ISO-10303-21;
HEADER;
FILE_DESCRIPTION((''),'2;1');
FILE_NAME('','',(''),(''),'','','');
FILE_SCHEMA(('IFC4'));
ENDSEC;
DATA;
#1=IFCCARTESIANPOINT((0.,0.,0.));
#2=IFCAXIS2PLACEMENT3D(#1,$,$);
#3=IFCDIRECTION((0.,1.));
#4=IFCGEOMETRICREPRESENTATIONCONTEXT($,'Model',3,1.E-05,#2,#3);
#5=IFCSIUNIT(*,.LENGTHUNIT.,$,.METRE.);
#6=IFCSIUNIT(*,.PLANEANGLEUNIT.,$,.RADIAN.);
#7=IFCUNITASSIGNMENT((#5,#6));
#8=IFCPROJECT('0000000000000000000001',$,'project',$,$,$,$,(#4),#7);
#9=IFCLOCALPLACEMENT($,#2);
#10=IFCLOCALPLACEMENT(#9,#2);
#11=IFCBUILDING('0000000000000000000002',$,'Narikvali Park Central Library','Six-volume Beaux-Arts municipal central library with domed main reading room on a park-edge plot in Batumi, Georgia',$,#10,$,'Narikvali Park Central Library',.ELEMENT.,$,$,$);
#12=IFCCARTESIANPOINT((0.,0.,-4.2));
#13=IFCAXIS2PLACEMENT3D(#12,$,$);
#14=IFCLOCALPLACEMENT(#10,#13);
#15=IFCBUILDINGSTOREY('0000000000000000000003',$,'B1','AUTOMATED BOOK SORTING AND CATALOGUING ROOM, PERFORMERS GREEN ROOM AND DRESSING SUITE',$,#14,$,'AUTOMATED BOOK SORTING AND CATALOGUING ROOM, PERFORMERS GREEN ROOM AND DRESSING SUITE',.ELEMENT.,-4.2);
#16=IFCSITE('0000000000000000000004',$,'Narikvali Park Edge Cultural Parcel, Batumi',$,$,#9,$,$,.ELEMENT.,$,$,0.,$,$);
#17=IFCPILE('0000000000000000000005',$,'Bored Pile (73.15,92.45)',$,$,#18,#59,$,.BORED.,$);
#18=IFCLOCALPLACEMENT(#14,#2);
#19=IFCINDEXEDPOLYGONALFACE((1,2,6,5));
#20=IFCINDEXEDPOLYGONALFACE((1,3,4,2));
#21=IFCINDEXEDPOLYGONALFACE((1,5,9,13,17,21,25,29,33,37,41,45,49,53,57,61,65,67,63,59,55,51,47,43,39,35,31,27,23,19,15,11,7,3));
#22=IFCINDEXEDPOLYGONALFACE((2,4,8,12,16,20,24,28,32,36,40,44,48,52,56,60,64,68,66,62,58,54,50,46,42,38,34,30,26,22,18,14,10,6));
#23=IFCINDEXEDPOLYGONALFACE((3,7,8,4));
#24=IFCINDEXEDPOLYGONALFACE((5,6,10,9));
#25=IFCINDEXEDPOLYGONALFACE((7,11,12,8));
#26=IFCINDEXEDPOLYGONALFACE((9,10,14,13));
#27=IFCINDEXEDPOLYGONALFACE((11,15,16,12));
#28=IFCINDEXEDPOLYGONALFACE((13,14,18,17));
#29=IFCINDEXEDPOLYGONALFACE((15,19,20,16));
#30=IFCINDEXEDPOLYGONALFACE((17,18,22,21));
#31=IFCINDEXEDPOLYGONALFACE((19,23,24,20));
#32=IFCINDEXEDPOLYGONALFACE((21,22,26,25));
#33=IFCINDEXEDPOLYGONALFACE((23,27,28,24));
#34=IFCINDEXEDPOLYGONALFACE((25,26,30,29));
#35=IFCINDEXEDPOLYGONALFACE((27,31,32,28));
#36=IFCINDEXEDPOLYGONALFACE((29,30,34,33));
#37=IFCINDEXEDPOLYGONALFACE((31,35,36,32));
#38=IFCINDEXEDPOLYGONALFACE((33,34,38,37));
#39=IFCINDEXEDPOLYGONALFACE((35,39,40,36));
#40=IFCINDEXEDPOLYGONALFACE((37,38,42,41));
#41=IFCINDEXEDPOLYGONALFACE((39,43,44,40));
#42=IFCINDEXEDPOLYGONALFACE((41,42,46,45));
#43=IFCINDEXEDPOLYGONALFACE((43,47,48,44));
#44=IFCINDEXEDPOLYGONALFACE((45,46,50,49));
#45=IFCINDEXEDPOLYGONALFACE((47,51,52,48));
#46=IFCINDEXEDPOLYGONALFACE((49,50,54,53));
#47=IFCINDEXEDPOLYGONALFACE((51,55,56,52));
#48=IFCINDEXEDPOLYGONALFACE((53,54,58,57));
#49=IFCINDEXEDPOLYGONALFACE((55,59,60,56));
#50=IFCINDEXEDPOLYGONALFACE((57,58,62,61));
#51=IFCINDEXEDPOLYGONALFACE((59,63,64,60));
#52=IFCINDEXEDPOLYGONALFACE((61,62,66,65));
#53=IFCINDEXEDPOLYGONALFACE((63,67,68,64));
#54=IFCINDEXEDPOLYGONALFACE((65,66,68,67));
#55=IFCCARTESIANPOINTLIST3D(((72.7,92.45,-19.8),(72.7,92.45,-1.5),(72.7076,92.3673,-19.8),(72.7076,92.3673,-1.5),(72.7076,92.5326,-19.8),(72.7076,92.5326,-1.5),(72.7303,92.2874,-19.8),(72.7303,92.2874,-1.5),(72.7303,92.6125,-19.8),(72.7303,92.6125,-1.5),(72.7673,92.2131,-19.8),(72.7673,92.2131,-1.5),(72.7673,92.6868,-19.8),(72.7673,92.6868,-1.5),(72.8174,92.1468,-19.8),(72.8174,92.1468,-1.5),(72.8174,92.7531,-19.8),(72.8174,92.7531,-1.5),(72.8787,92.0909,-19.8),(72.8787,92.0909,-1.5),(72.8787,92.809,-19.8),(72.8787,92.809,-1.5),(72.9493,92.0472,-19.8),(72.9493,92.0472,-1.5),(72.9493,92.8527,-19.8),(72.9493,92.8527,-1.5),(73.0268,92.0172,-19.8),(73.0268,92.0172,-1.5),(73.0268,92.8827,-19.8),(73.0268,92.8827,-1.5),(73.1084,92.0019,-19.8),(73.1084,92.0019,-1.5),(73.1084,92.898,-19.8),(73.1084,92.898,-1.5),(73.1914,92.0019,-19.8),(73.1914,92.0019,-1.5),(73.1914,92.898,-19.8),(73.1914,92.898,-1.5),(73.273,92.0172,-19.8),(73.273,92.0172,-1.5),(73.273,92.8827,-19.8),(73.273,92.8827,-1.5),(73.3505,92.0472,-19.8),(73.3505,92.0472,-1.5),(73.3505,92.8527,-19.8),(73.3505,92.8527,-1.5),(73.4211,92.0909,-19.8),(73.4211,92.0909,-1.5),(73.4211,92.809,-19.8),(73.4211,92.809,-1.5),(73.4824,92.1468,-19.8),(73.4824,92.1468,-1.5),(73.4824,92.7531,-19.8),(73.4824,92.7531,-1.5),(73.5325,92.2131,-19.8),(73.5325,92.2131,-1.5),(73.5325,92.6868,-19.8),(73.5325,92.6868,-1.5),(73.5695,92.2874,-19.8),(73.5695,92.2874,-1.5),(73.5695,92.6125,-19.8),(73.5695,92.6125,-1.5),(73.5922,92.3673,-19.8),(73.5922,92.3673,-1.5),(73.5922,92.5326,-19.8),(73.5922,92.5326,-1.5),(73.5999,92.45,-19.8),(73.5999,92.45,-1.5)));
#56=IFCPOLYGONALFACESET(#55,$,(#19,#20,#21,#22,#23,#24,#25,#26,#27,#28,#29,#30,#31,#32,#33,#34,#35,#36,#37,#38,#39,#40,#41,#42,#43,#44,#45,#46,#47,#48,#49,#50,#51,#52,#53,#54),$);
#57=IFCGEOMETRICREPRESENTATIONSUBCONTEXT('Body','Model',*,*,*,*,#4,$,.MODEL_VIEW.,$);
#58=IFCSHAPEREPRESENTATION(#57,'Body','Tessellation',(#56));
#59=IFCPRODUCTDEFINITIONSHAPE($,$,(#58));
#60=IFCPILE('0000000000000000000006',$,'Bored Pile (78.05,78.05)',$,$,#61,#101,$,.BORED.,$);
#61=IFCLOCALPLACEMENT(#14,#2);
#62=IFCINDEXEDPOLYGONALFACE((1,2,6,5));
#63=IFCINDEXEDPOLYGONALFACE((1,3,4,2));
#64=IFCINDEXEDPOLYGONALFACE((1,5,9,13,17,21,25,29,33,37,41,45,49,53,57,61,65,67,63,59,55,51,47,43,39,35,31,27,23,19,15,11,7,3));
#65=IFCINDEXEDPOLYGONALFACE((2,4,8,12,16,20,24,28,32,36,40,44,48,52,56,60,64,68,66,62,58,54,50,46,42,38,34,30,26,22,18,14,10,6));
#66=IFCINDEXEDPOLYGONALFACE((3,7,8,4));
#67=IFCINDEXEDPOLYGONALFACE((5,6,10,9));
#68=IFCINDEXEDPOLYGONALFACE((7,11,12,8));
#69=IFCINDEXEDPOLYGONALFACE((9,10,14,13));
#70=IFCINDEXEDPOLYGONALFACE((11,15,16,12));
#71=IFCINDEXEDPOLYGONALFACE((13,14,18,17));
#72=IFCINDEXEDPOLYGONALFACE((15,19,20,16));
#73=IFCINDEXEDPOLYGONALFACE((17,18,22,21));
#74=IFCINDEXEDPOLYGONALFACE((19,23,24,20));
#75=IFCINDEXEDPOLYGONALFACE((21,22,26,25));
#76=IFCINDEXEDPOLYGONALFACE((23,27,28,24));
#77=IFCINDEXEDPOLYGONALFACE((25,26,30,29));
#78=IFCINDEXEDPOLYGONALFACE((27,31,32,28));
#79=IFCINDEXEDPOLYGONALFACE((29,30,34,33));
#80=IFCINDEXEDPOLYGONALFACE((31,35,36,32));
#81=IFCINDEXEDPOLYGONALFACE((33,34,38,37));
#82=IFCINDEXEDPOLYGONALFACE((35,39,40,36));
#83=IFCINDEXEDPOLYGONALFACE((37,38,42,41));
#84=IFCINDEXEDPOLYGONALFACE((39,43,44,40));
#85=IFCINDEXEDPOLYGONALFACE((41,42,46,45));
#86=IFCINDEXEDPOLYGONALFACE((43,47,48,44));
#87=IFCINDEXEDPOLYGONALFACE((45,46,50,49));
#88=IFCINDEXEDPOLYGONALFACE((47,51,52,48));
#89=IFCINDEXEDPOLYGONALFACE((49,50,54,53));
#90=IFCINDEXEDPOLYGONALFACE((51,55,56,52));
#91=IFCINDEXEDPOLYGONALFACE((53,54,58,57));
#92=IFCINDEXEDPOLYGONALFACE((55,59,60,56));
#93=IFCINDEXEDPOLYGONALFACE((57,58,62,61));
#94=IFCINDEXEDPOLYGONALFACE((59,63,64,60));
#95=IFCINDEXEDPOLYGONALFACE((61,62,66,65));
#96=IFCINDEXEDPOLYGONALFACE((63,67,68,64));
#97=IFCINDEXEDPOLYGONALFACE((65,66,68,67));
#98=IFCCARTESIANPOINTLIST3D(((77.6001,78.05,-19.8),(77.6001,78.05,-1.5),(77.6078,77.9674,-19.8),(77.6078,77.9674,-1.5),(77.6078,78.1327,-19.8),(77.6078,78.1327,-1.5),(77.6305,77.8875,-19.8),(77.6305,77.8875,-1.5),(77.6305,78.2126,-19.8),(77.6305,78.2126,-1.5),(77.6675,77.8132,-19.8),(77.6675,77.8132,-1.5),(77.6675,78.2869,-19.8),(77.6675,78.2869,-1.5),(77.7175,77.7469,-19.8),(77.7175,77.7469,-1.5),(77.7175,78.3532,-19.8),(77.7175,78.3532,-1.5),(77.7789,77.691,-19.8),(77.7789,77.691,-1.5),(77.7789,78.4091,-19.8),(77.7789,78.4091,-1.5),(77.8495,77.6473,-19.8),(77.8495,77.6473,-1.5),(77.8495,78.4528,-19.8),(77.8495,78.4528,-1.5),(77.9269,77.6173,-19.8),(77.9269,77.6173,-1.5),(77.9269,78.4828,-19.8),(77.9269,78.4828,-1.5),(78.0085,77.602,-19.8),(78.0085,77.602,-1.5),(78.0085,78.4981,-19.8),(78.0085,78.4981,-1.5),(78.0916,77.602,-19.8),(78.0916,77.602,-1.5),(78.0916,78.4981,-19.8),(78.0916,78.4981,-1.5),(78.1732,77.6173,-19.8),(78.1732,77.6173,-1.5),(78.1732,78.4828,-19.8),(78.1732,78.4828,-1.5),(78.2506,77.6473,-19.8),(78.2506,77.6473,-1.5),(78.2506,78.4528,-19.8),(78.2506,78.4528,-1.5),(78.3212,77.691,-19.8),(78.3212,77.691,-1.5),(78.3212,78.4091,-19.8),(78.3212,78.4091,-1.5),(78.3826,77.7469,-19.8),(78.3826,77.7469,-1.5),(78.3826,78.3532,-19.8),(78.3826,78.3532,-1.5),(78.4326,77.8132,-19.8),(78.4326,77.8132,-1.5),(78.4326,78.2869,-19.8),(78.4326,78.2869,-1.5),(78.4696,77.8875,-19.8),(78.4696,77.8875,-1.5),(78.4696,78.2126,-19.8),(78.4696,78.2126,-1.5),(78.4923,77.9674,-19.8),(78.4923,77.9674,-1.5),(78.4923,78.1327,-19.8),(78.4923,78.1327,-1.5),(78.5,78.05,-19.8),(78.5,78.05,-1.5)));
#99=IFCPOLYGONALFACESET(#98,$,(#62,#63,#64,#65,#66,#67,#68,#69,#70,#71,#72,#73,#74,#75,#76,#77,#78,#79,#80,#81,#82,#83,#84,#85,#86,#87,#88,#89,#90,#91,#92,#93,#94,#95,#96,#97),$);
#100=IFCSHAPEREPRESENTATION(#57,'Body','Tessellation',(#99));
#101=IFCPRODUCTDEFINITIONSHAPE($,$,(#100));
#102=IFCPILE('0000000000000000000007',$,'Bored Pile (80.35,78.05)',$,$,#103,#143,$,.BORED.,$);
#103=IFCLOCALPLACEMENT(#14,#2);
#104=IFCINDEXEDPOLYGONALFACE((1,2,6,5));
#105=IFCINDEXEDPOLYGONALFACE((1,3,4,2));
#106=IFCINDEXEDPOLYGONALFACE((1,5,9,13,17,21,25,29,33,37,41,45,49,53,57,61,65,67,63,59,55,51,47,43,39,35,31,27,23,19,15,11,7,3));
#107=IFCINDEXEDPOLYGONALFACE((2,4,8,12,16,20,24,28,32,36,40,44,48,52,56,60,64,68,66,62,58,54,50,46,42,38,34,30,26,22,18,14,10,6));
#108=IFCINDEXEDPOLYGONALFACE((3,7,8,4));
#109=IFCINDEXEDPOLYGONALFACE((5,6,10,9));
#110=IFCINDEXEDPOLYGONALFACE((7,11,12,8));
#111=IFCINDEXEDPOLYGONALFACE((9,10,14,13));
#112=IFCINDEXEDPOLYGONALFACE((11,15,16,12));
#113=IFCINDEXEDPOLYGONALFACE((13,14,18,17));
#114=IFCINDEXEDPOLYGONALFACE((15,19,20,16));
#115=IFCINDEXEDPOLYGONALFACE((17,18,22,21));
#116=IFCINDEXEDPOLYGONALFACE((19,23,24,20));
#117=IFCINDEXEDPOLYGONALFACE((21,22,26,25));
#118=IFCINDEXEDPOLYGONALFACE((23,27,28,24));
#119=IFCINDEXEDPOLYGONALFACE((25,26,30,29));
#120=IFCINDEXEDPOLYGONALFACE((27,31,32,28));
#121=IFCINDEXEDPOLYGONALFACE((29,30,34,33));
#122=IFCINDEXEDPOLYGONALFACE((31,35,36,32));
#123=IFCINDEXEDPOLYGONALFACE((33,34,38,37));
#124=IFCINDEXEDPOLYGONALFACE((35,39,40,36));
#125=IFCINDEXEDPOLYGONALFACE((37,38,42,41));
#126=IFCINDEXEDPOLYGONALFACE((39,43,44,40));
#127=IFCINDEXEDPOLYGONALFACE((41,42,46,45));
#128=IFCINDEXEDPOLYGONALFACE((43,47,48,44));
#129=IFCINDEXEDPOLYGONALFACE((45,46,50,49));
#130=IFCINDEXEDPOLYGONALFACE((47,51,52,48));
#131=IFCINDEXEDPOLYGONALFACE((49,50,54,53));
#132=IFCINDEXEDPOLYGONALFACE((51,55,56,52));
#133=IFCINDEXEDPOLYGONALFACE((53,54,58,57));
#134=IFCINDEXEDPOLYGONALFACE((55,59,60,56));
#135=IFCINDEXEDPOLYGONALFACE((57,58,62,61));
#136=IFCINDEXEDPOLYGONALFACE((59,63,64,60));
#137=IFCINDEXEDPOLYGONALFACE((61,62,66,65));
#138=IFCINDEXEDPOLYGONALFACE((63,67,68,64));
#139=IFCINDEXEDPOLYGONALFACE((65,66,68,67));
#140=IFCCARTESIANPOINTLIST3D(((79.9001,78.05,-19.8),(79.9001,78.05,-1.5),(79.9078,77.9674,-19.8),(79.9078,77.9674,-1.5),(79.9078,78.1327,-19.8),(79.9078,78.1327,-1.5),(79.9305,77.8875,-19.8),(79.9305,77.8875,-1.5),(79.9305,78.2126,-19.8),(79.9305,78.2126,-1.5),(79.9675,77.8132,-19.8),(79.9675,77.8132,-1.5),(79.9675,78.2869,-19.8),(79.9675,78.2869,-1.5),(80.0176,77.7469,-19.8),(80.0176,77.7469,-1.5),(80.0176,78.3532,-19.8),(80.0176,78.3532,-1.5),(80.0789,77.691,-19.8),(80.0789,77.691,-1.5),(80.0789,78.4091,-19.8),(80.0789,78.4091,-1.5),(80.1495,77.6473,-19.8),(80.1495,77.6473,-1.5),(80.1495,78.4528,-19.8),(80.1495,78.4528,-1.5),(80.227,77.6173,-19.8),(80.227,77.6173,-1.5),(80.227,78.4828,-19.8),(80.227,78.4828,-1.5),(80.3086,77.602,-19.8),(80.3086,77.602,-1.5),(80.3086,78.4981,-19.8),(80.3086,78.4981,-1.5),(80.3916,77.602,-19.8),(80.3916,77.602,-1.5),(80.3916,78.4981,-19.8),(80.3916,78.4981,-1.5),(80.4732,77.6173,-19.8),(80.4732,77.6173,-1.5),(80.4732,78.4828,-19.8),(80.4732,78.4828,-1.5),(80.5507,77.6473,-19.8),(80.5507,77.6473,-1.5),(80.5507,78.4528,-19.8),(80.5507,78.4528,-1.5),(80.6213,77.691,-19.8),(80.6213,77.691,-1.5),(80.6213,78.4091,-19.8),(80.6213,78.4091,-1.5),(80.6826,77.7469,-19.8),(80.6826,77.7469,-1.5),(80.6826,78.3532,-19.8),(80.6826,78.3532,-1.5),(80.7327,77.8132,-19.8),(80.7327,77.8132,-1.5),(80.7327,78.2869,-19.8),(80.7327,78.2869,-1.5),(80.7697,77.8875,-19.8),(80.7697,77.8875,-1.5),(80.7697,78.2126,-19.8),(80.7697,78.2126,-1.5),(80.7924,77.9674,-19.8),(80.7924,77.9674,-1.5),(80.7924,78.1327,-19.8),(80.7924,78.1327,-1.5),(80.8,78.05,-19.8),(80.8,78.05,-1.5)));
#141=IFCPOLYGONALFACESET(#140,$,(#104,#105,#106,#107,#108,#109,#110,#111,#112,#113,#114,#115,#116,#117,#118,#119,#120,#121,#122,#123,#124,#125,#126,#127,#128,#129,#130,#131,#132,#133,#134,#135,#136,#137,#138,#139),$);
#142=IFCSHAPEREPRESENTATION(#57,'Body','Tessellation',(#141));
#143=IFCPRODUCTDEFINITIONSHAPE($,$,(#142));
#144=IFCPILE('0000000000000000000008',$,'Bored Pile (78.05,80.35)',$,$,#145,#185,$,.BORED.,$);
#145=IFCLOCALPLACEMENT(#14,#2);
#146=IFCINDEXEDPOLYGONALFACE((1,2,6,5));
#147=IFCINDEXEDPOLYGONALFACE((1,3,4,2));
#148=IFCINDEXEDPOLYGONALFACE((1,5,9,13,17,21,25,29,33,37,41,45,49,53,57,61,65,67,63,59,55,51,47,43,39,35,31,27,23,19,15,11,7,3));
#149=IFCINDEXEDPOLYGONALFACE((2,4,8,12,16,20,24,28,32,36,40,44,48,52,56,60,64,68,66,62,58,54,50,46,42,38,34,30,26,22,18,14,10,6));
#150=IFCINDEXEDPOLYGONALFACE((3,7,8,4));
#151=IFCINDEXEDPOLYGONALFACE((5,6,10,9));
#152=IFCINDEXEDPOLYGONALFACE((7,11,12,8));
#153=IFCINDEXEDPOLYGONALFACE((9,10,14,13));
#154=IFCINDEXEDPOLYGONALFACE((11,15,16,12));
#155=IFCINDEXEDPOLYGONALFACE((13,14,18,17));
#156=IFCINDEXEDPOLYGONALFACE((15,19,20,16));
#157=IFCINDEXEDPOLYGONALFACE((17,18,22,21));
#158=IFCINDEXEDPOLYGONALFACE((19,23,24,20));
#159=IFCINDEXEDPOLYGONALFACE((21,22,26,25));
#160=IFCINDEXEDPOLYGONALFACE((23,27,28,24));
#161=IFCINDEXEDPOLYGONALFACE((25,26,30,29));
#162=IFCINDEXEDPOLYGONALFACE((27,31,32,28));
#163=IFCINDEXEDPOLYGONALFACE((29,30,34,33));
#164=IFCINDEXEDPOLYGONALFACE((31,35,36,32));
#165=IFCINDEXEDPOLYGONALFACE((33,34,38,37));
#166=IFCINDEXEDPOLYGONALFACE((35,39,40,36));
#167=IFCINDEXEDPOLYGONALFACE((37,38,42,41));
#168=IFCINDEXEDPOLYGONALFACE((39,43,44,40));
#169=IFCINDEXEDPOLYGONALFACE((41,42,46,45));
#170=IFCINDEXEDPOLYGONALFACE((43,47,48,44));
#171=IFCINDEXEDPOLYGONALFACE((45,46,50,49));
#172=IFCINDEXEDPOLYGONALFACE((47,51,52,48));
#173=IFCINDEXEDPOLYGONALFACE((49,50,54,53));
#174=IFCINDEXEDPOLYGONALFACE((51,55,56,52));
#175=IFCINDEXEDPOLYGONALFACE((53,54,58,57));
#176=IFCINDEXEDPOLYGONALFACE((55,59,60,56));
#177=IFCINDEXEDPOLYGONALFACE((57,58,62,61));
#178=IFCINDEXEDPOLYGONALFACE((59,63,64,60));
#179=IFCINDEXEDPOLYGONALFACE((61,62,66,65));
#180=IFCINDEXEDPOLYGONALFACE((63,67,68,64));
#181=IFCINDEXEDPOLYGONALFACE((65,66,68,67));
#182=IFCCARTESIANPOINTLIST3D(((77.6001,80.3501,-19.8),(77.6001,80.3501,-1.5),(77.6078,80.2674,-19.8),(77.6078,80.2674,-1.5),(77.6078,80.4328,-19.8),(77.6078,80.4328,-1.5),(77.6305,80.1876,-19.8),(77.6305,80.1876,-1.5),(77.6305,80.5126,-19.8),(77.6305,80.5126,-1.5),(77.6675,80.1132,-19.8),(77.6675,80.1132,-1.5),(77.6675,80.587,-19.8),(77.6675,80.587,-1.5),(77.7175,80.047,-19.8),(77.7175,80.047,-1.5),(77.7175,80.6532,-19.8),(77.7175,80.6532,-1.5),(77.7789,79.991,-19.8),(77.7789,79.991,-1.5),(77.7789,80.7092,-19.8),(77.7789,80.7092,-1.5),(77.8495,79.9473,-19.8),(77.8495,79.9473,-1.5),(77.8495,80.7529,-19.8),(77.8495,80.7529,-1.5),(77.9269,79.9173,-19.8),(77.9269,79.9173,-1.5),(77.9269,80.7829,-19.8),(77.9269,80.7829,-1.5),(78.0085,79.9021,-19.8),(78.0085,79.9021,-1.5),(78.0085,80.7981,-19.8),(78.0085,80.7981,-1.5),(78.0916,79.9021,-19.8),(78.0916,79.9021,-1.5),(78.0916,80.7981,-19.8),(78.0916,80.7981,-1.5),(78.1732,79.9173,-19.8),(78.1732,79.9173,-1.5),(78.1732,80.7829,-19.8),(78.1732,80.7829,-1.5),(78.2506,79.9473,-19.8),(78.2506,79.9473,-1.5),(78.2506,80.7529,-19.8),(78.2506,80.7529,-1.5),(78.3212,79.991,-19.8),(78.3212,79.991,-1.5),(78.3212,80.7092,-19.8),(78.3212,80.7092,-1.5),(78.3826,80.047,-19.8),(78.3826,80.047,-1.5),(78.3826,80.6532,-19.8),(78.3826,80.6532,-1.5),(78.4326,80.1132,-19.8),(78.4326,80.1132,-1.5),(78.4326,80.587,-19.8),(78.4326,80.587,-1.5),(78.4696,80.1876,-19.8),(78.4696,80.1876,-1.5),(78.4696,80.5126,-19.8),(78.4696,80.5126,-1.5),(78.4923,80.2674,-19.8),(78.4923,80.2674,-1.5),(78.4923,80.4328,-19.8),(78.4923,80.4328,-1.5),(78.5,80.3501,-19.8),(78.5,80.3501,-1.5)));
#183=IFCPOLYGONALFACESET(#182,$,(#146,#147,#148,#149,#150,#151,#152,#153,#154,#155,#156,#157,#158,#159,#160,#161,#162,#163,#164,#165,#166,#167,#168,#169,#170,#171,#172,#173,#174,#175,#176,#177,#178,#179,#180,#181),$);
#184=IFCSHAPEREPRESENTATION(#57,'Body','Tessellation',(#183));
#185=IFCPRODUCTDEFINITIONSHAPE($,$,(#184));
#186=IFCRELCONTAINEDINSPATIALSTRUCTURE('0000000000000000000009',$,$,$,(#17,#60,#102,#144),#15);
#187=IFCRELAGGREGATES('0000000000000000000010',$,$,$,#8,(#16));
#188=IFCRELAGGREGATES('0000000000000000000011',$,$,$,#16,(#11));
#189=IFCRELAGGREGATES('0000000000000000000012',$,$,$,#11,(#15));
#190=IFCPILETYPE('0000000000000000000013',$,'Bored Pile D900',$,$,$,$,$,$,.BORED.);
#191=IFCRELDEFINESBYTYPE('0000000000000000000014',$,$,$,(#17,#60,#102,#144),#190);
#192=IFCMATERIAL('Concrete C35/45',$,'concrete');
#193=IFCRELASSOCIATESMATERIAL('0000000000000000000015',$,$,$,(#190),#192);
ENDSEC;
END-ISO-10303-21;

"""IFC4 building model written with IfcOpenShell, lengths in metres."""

from ifc_helpers import new_model, si_unit, direction, frame, origin, origin_2d, place, context, subcontext, project, spatial, circle, extrude, material, material_profile, profile_set, type_object, element, save


model = new_model("IFC4")

# Units and contexts
model_context = context("Model", 3, precision=1e-05, world=origin(), true_north=direction((0.0, 1.0)))
body_context = subcontext(model_context, "Body", "Model", "MODEL_VIEW")
ifc_project = project(units=[si_unit("LENGTHUNIT", "METRE"), si_unit("PLANEANGLEUNIT", "RADIAN")], contexts=[model_context])

# Site, building, storey
site_placement = place(None, origin())
site = spatial("IfcSite", under=ifc_project, at=site_placement, Name="Narikvali Park Edge Cultural Parcel, Batumi", CompositionType="ELEMENT", RefElevation=0.0)
building_placement = place(site_placement, origin())
building = spatial("IfcBuilding", under=site, at=building_placement, Name="Narikvali Park Central Library", Description="Six-volume Beaux-Arts municipal central library with domed main reading room on a park-edge plot in Batumi, Georgia", LongName="Narikvali Park Central Library", CompositionType="ELEMENT")
storey_placement = place(building_placement, frame((0.0, 0.0, -4.2)))
storey = spatial("IfcBuildingStorey", under=building, at=storey_placement, Name="B1", Description="AUTOMATED BOOK SORTING AND CATALOGUING ROOM, PERFORMERS GREEN ROOM AND DRESSING SUITE", LongName="AUTOMATED BOOK SORTING AND CATALOGUING ROOM, PERFORMERS GREEN ROOM AND DRESSING SUITE", CompositionType="ELEMENT", Elevation=-4.2)

# Piles
ifc_material_1 = material(Name="Concrete C35/45", Category="concrete")
ifc_material_profile_1 = material_profile(ifc_material_1, circle(Radius=0.45, at=origin_2d()), Name="PILE D900")
ifc_profile_set_1 = profile_set([ifc_material_profile_1], Name="Concrete C35/45")
pile_type = type_object("IfcPileType", Name="Bored Pile D900", PredefinedType="BORED", material=ifc_profile_set_1)
for number, where, z_axis, x_axis, name in (
    (1, (73.1499, 92.45, -1.5), (0.0, 0.0, -1.0), (1.0, 0.0, 0.0), "Bored Pile (73.15,92.45)"),
    (2, (78.05, 78.05, -1.5), (0.0, 0.0, -1.0), (1.0, 0.0, 0.0), "Bored Pile (78.05,78.05)"),
    (3, (80.3501, 78.05, -1.5), (0.0, 0.0, -1.0), (1.0, 0.0, 0.0), "Bored Pile (80.35,78.05)"),
    (4, (78.05, 80.3501, -1.5), (0.0, 0.0, -1.0), (1.0, 0.0, 0.0), "Bored Pile (78.05,80.35)"),
):
    element("IfcPile", number, at=place(storey_placement, frame(where, z_axis=z_axis, x_axis=x_axis)), inside=storey, type_object=pile_type, Name=name, PredefinedType="BORED", context=body_context, shape_type="SweptSolid", body=[
        extrude(circle(Radius=0.45, at=origin_2d()), origin(), (0.0, 0.0, 1.0), 18.3),
    ])

save(model, "model.ifc")
